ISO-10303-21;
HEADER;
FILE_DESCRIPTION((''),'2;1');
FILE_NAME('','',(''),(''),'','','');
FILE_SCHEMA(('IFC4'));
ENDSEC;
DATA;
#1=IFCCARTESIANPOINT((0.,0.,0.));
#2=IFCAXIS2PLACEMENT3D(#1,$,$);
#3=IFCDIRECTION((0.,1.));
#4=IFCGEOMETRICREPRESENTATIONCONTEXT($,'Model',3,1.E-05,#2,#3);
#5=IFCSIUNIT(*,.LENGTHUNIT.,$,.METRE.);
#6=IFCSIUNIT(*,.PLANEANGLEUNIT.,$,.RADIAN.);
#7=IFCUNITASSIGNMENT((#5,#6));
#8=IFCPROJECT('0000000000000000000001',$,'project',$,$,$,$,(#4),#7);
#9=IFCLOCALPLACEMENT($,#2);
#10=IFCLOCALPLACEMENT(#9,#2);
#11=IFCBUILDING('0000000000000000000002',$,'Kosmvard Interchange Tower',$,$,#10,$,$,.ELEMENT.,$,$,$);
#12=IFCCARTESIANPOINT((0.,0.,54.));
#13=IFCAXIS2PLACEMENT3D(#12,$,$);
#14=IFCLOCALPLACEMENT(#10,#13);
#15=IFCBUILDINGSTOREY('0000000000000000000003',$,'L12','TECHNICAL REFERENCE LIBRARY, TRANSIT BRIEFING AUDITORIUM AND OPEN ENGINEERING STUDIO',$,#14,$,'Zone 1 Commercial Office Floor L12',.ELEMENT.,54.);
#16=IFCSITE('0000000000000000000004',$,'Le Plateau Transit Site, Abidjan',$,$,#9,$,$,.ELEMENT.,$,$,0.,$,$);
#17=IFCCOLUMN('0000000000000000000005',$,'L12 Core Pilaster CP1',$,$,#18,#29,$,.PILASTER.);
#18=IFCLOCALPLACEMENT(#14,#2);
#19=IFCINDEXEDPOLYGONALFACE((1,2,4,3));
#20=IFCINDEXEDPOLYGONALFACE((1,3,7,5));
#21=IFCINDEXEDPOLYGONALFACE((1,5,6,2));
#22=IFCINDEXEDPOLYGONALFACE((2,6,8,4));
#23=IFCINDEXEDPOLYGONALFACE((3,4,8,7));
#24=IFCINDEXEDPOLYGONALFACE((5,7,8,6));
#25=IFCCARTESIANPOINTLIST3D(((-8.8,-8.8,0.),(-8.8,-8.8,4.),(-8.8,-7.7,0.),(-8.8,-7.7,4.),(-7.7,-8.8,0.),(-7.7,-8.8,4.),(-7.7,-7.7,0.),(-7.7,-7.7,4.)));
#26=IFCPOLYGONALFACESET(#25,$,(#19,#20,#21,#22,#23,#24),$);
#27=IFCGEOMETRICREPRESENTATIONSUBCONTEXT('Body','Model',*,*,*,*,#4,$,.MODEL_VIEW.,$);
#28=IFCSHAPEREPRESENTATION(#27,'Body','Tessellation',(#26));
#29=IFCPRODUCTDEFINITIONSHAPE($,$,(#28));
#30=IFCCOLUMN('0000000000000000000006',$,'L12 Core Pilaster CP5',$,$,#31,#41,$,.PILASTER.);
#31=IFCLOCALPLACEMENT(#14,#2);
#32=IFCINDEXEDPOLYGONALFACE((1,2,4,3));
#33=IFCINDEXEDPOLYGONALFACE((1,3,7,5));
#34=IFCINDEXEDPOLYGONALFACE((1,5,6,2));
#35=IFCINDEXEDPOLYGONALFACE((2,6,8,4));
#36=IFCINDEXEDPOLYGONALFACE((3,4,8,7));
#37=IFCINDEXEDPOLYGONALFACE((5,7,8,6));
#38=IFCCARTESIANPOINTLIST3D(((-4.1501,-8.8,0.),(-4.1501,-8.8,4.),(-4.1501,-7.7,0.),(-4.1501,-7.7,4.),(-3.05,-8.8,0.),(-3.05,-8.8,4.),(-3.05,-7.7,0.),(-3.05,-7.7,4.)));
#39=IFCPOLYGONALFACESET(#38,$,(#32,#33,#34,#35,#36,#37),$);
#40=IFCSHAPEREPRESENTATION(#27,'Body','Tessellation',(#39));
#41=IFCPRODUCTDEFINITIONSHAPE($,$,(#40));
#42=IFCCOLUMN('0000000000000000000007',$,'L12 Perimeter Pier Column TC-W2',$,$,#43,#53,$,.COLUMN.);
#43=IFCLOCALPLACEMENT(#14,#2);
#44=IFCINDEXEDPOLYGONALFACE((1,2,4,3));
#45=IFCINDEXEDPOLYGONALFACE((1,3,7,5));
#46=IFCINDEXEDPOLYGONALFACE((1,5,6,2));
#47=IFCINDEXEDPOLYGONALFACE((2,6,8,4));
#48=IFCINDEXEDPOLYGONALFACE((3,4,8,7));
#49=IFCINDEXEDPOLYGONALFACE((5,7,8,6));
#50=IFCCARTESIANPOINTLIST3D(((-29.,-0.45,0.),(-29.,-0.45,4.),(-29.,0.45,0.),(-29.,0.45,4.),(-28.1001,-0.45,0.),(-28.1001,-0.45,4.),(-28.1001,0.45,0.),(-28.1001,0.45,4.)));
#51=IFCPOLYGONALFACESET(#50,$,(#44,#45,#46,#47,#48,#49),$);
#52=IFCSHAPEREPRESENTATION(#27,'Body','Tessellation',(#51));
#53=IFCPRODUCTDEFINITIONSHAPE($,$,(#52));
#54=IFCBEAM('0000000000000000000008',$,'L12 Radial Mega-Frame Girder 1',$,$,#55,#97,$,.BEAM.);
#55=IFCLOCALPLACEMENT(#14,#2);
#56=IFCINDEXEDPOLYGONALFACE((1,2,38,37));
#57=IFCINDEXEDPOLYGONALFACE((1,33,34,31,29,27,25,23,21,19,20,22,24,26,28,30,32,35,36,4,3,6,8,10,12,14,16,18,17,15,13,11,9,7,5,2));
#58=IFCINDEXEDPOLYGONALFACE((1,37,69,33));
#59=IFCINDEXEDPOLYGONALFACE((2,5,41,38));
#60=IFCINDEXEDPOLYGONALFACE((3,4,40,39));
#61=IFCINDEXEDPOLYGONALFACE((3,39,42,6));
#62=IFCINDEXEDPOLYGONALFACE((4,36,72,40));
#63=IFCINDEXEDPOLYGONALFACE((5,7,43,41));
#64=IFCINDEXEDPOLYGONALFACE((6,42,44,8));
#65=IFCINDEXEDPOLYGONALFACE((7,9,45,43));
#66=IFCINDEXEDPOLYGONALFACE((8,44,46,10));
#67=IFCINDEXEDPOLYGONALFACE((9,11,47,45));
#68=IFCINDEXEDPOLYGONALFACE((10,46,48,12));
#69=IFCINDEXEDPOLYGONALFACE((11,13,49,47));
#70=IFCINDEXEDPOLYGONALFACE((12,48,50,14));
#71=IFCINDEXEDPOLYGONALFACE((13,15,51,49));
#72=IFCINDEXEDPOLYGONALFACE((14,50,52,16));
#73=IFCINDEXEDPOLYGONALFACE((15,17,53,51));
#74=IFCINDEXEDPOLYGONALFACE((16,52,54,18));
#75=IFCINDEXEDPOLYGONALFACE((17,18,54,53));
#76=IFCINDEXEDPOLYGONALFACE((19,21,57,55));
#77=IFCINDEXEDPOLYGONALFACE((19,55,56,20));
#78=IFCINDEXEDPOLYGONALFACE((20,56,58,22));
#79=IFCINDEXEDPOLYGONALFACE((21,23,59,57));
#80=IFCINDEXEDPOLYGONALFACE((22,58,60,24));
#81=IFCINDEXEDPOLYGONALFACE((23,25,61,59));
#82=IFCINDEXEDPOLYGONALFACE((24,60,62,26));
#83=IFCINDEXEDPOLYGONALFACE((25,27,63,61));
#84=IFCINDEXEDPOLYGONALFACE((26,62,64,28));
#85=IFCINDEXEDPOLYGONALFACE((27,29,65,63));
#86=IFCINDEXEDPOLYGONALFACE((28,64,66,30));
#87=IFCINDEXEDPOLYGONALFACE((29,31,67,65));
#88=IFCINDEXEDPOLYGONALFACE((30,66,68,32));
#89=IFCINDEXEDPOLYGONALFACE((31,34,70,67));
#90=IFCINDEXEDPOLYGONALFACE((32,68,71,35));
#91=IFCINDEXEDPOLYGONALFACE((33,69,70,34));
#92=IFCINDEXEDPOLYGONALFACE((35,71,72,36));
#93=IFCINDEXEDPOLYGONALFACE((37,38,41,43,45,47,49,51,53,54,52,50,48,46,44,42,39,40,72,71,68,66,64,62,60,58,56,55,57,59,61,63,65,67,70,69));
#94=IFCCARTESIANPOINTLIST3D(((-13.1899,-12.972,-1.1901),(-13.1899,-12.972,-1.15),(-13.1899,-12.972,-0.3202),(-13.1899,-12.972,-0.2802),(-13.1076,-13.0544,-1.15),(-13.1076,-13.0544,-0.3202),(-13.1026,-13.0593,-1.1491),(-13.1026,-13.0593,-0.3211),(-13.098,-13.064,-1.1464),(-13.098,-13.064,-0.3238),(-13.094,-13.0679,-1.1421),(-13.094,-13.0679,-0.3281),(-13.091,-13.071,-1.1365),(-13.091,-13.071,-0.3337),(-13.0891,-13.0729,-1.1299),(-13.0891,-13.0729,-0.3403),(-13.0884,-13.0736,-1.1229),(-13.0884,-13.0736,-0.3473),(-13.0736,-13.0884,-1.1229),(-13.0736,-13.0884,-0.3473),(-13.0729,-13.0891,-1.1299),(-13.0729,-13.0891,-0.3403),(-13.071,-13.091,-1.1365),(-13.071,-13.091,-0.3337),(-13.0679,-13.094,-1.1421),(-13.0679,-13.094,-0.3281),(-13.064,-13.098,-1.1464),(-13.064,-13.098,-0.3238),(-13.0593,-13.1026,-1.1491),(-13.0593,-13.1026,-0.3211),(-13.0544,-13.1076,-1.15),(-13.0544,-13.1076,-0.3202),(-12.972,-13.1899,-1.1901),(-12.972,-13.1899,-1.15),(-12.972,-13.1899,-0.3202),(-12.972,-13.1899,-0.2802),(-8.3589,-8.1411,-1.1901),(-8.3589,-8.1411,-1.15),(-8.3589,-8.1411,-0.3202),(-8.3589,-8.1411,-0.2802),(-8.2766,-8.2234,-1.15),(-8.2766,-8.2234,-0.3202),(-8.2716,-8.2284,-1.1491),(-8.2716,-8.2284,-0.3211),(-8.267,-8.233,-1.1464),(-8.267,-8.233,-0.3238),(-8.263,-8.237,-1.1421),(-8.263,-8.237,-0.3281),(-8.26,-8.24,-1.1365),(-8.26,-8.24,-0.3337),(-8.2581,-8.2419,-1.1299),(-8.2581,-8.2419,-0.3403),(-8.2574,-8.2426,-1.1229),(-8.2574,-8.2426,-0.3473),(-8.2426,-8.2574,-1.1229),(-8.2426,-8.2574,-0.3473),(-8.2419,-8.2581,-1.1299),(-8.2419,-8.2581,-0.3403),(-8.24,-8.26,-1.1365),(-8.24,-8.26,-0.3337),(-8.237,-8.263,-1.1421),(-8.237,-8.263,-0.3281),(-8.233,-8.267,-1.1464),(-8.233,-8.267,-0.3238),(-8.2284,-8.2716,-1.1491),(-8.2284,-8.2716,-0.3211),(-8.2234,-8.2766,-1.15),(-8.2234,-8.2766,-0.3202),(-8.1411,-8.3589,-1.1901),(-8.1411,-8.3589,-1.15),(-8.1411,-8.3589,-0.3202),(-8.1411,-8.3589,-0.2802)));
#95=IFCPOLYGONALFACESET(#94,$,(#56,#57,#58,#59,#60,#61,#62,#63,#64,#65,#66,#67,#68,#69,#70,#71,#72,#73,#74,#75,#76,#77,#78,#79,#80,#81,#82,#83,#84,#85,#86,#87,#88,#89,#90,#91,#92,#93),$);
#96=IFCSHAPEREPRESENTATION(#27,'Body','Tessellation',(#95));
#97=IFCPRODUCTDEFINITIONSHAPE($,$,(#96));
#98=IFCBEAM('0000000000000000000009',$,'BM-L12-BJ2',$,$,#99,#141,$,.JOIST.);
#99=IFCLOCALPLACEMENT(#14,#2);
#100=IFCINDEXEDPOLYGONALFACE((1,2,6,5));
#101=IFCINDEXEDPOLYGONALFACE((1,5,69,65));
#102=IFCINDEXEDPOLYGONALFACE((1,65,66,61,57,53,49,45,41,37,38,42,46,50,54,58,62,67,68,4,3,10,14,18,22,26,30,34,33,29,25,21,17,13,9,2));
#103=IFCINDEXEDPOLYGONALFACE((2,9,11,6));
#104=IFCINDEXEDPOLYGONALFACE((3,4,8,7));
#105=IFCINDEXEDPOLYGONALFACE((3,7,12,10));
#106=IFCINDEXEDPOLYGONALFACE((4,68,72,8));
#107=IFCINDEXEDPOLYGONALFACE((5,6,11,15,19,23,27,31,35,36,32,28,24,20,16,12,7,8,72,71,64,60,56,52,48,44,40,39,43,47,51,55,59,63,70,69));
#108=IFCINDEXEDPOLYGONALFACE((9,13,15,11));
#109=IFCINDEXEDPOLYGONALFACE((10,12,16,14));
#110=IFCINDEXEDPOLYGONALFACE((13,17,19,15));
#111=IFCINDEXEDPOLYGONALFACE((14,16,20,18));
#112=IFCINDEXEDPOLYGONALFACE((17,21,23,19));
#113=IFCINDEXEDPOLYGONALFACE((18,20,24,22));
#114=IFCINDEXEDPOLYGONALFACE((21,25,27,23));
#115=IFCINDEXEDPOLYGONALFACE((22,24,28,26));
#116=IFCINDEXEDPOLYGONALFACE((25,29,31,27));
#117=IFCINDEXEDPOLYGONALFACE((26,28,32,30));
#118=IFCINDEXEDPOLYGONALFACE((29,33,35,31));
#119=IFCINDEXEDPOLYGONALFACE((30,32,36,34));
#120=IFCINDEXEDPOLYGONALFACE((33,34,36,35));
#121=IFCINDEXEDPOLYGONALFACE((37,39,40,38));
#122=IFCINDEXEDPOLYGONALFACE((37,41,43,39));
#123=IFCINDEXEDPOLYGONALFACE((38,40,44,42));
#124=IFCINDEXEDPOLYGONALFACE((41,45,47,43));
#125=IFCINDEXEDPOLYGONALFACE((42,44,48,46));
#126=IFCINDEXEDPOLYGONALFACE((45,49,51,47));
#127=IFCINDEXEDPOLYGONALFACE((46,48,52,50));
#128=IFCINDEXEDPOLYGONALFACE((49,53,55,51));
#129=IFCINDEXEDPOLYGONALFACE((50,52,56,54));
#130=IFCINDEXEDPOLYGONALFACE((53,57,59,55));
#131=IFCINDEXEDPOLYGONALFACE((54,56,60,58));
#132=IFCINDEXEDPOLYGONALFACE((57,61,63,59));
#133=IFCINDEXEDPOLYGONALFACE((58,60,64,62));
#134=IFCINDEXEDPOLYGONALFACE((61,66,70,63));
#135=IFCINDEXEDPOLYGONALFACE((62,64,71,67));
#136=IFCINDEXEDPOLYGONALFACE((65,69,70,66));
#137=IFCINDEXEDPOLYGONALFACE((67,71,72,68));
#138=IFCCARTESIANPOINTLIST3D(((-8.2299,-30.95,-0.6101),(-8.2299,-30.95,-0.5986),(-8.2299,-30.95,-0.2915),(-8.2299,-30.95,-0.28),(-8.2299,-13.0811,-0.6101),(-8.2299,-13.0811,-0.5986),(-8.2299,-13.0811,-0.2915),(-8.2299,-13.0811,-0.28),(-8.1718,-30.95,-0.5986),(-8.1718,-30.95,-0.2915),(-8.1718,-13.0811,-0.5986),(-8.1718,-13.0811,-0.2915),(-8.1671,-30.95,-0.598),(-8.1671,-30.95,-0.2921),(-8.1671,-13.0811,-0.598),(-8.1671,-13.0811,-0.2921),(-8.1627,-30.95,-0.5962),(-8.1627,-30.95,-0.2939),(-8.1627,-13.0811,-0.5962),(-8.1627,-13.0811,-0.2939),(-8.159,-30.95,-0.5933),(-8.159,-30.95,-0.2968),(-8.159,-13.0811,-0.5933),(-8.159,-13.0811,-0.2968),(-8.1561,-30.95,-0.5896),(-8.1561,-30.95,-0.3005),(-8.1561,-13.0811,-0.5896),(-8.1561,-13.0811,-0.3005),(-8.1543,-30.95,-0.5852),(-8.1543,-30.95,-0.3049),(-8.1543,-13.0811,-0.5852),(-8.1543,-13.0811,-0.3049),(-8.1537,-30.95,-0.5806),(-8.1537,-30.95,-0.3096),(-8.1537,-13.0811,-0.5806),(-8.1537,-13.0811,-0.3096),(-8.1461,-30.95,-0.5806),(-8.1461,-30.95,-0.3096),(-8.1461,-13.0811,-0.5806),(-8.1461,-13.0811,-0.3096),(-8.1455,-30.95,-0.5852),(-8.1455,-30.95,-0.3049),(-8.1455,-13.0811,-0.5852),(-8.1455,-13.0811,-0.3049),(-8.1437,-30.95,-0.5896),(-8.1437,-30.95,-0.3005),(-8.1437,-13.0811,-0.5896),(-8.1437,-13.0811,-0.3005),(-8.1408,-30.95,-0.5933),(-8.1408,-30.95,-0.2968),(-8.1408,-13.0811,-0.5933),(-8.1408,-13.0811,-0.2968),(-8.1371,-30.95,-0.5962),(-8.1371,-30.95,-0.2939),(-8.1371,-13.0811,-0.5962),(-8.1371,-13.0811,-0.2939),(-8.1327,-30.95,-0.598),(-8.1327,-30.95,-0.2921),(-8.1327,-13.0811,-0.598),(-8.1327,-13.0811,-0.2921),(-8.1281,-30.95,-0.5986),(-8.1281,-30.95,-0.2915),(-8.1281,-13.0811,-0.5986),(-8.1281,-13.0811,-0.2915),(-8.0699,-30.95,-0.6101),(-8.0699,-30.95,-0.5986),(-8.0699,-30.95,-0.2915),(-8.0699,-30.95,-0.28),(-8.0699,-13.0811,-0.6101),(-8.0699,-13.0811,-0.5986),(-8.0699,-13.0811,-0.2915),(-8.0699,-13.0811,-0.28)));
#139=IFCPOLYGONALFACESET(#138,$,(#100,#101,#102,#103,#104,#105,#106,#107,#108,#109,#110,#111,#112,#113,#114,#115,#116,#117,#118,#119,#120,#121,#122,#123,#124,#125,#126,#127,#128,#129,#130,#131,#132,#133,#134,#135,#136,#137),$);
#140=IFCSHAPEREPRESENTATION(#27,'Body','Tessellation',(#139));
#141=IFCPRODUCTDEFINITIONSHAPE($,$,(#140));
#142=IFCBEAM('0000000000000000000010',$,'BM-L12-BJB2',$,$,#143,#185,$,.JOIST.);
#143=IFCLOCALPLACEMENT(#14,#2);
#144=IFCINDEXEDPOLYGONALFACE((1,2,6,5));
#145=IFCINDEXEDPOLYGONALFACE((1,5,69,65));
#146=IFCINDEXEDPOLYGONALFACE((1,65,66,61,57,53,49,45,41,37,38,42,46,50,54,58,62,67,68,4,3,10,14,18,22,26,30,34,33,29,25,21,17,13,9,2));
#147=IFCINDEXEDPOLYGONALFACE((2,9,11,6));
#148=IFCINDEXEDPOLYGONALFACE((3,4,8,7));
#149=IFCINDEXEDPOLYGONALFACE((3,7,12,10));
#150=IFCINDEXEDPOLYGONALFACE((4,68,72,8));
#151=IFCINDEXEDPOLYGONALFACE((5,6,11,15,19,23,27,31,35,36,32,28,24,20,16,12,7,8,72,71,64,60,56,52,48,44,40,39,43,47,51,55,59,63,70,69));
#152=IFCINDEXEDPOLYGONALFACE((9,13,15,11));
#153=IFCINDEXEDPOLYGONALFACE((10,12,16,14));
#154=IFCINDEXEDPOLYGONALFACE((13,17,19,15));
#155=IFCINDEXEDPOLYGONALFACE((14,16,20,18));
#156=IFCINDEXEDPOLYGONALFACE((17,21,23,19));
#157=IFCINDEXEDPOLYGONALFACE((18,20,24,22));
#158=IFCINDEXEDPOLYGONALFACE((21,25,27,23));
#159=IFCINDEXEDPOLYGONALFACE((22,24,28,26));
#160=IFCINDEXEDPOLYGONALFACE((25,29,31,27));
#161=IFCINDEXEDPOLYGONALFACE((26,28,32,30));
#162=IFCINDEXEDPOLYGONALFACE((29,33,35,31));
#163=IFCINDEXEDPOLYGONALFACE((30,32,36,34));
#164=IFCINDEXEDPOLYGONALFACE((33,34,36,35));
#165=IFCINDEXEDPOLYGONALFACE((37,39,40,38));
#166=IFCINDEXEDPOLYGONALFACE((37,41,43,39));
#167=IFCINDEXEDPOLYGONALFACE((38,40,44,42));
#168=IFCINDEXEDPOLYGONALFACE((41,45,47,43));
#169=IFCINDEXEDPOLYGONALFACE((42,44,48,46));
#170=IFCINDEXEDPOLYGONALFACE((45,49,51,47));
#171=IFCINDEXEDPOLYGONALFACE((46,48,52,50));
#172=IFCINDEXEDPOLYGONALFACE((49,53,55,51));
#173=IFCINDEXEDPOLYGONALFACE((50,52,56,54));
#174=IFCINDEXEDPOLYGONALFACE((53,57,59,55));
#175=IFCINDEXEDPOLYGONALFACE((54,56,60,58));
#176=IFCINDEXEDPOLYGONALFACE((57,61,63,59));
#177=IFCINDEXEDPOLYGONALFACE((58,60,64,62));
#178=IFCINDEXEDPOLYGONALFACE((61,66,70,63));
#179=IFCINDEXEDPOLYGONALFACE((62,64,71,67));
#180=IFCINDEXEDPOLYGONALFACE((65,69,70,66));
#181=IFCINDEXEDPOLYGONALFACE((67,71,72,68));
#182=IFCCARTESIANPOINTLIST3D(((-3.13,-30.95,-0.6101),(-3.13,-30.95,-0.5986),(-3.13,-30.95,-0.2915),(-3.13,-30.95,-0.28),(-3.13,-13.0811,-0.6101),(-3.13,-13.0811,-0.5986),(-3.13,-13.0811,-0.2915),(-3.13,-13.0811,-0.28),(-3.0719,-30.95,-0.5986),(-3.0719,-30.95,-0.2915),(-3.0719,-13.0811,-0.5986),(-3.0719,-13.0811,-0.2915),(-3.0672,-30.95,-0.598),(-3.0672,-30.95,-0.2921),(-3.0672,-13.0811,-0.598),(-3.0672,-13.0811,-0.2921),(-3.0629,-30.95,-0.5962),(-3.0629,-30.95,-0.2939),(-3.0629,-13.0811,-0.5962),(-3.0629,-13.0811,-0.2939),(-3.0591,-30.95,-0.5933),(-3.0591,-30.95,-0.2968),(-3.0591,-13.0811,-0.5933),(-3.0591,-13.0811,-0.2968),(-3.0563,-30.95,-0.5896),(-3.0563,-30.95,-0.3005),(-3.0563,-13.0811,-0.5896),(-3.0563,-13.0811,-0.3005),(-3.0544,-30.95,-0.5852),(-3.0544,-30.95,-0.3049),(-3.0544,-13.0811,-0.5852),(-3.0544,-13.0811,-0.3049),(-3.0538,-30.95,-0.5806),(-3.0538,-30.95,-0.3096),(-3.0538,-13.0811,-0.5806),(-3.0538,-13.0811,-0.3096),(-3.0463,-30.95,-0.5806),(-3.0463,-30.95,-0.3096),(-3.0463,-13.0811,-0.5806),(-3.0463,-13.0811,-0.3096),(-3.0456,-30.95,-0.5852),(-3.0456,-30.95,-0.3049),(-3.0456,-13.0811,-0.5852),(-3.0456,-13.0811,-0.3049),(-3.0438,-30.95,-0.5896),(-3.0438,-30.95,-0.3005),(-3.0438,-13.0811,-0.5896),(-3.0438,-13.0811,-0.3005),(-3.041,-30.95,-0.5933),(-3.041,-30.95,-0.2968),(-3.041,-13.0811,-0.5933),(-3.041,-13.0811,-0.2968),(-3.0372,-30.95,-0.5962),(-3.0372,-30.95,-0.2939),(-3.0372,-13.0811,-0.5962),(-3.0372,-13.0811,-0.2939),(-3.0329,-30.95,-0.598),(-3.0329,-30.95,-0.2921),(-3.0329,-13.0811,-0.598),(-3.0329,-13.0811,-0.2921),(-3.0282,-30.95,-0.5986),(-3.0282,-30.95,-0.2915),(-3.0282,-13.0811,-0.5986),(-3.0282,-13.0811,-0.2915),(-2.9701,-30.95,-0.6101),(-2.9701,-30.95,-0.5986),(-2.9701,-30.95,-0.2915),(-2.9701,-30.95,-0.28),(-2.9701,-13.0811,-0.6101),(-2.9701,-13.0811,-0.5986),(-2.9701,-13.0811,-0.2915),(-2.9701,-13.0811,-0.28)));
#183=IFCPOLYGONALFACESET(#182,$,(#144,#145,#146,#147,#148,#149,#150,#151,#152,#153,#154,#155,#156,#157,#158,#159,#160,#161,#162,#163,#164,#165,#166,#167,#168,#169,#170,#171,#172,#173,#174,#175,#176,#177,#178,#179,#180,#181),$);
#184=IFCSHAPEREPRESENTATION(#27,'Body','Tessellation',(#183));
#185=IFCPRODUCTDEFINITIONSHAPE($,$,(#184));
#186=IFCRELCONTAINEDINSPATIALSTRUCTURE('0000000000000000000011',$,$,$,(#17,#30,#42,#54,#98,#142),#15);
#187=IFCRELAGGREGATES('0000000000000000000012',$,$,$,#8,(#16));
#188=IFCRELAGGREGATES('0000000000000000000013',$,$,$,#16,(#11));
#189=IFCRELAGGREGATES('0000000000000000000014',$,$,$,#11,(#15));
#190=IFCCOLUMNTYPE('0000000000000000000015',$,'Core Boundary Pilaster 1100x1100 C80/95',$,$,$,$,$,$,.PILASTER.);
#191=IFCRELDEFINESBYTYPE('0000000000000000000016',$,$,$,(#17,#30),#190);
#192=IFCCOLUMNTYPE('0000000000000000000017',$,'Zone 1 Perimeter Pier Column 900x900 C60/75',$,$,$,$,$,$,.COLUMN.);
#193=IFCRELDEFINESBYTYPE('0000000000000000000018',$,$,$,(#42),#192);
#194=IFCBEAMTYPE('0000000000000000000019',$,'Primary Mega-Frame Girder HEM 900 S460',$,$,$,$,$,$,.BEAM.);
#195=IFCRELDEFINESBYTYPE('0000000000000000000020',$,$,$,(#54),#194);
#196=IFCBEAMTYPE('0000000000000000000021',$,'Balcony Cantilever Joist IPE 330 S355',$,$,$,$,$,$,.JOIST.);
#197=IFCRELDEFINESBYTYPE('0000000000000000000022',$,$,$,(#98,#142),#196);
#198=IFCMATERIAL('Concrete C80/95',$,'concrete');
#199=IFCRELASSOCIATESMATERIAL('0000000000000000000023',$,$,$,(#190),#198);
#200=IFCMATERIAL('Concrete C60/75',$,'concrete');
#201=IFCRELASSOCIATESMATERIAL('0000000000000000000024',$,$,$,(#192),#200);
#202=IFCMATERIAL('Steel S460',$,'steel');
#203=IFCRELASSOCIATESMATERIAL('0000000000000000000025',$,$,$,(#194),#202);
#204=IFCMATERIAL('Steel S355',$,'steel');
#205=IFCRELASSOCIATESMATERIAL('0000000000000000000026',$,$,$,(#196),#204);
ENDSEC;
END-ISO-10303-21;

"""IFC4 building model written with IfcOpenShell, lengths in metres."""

from ifc_helpers import new_model, si_unit, direction, frame, origin, origin_2d, place, context, subcontext, project, spatial, rectangle, i_section, extrude, source, transform, mapped, material, material_profile, profile_set, type_object, element, save


model = new_model("IFC4")

# Units and contexts
model_context = context("Model", 3, precision=1e-05, world=origin(), true_north=direction((0.0, 1.0)))
body_context = subcontext(model_context, "Body", "Model", "MODEL_VIEW")
ifc_project = project(units=[si_unit("LENGTHUNIT", "METRE"), si_unit("PLANEANGLEUNIT", "RADIAN")], contexts=[model_context])

# Site, building, storey
site_placement = place(None, origin())
site = spatial("IfcSite", under=ifc_project, at=site_placement, Name="Le Plateau Transit Site, Abidjan", CompositionType="ELEMENT", RefElevation=0.0)
building_placement = place(site_placement, origin())
building = spatial("IfcBuilding", under=site, at=building_placement, Name="Kosmvard Interchange Tower", CompositionType="ELEMENT")
storey_placement = place(building_placement, frame((0.0, 0.0, 54.0)))
storey = spatial("IfcBuildingStorey", under=building, at=storey_placement, Name="L12", Description="TECHNICAL REFERENCE LIBRARY, TRANSIT BRIEFING AUDITORIUM AND OPEN ENGINEERING STUDIO", LongName="Zone 1 Commercial Office Floor L12", CompositionType="ELEMENT", Elevation=54.0)

# Columns
ifc_material_1 = material(Name="Concrete C80/95", Category="concrete")
ifc_material_profile_1 = material_profile(ifc_material_1, rectangle(XDim=1.1001, YDim=1.1001, at=origin_2d()), Name="CP 1100x1100")
ifc_profile_set_1 = profile_set([ifc_material_profile_1], Name="Concrete C80/95")
column_type_1 = type_object("IfcColumnType", Name="Core Boundary Pilaster 1100x1100 C80/95", PredefinedType="PILASTER", material=ifc_profile_set_1)
shared_shape_1 = source(origin(), body_context, "Body", "SweptSolid", [
    extrude(rectangle(XDim=1.1001, YDim=1.1001, at=origin_2d()), origin(), (0.0, 0.0, 1.0), 4.0),
])
for number, where, z_axis, x_axis, name in (
    (1, (-8.25, -8.25, 0.0), (0.0, 0.0, 1.0), (1.0, 0.0, 0.0), "L12 Core Pilaster CP1"),
    (2, (-3.6001, -8.25, 0.0), (0.0, 0.0, 1.0), (1.0, 0.0, 0.0), "L12 Core Pilaster CP5"),
):
    element("IfcColumn", number, at=place(storey_placement, frame(where, z_axis=z_axis, x_axis=x_axis)), inside=storey, type_object=column_type_1, Name=name, PredefinedType="PILASTER", context=body_context, shape_type="MappedRepresentation", body=[
        mapped(shared_shape_1, transform((0.0, 0.0, 0.0), scale=1.0)),
    ])
ifc_material_2 = material(Name="Concrete C60/75", Category="concrete")
ifc_material_profile_2 = material_profile(ifc_material_2, rectangle(XDim=0.8999, YDim=0.8999, at=origin_2d()), Name="TC 900x900")
ifc_profile_set_2 = profile_set([ifc_material_profile_2], Name="Concrete C60/75")
column_type_2 = type_object("IfcColumnType", Name="Zone 1 Perimeter Pier Column 900x900 C60/75", PredefinedType="COLUMN", material=ifc_profile_set_2)
shared_shape_2 = source(origin(), body_context, "Body", "SweptSolid", [
    extrude(rectangle(XDim=0.8999, YDim=0.8999, at=origin_2d()), origin(), (0.0, 0.0, 1.0), 4.0),
])
column_placement = place(storey_placement, frame((-28.55, 0.0, 0.0), z_axis=(0.0, 0.0, 1.0), x_axis=(1.0, 0.0, 0.0)))
element("IfcColumn", 3, at=column_placement, inside=storey, type_object=column_type_2, Name="L12 Perimeter Pier Column TC-W2", PredefinedType="COLUMN", context=body_context, shape_type="MappedRepresentation", body=[
    mapped(shared_shape_2, transform((0.0, 0.0, 0.0), scale=1.0)),
])

# Beams
ifc_material_3 = material(Name="Steel S460", Category="steel")
ifc_material_profile_3 = material_profile(ifc_material_3, i_section(OverallWidth=0.3081, OverallDepth=0.9099, WebThickness=0.021, FlangeThickness=0.04, FilletRadius=0.0271, at=origin_2d()), Name="HEM 900")
ifc_profile_set_3 = profile_set([ifc_material_profile_3], Name="Steel S460")
beam_type_1 = type_object("IfcBeamType", Name="Primary Mega-Frame Girder HEM 900 S460", PredefinedType="BEAM", material=ifc_profile_set_3)
shared_shape_3 = source(origin(), body_context, "Body", "SweptSolid", [
    extrude(i_section(OverallWidth=0.3081, OverallDepth=0.9099, WebThickness=0.021, FlangeThickness=0.04, FilletRadius=0.0271, at=origin_2d()), origin(), (0.0, 0.0, 1.0), 6.832),
])
beam_1_placement = place(storey_placement, frame((-8.25, -8.25, -0.7351), z_axis=(-0.707107, -0.707107, 0.0), x_axis=(0.707107, -0.707107, 0.0)))
element("IfcBeam", 4, at=beam_1_placement, inside=storey, type_object=beam_type_1, Name="L12 Radial Mega-Frame Girder 1", PredefinedType="BEAM", context=body_context, shape_type="MappedRepresentation", body=[
    mapped(shared_shape_3, transform((0.0, 0.0, 0.0), scale=1.0)),
])
ifc_material_4 = material(Name="Steel S355", Category="steel")
ifc_material_profile_4 = material_profile(ifc_material_4, i_section(OverallWidth=0.1599, OverallDepth=0.3301, WebThickness=0.0076, FlangeThickness=0.0115, FilletRadius=0.0181, at=origin_2d()), Name="IPE 330")
ifc_profile_set_4 = profile_set([ifc_material_profile_4], Name="Steel S355")
beam_type_2 = type_object("IfcBeamType", Name="Balcony Cantilever Joist IPE 330 S355", PredefinedType="JOIST", material=ifc_profile_set_4)
shared_shape_4 = source(origin(), body_context, "Body", "SweptSolid", [
    extrude(i_section(OverallWidth=0.1599, OverallDepth=0.3301, WebThickness=0.0076, FlangeThickness=0.0115, FilletRadius=0.0181, at=origin_2d()), origin(), (0.0, 0.0, 1.0), 17.8689),
])
for number, where, z_axis, x_axis, name in (
    (5, (-8.1499, -13.0811, -0.4451), (0.0, -1.0, 0.0), (1.0, 0.0, 0.0), "BM-L12-BJ2"),
    (6, (-3.05, -13.0811, -0.4451), (0.0, -1.0, 0.0), (1.0, 0.0, 0.0), "BM-L12-BJB2"),
):
    element("IfcBeam", number, at=place(storey_placement, frame(where, z_axis=z_axis, x_axis=x_axis)), inside=storey, type_object=beam_type_2, Name=name, PredefinedType="JOIST", context=body_context, shape_type="MappedRepresentation", body=[
        mapped(shared_shape_4, transform((0.0, 0.0, 0.0), scale=1.0)),
    ])

save(model, "model.ifc")
